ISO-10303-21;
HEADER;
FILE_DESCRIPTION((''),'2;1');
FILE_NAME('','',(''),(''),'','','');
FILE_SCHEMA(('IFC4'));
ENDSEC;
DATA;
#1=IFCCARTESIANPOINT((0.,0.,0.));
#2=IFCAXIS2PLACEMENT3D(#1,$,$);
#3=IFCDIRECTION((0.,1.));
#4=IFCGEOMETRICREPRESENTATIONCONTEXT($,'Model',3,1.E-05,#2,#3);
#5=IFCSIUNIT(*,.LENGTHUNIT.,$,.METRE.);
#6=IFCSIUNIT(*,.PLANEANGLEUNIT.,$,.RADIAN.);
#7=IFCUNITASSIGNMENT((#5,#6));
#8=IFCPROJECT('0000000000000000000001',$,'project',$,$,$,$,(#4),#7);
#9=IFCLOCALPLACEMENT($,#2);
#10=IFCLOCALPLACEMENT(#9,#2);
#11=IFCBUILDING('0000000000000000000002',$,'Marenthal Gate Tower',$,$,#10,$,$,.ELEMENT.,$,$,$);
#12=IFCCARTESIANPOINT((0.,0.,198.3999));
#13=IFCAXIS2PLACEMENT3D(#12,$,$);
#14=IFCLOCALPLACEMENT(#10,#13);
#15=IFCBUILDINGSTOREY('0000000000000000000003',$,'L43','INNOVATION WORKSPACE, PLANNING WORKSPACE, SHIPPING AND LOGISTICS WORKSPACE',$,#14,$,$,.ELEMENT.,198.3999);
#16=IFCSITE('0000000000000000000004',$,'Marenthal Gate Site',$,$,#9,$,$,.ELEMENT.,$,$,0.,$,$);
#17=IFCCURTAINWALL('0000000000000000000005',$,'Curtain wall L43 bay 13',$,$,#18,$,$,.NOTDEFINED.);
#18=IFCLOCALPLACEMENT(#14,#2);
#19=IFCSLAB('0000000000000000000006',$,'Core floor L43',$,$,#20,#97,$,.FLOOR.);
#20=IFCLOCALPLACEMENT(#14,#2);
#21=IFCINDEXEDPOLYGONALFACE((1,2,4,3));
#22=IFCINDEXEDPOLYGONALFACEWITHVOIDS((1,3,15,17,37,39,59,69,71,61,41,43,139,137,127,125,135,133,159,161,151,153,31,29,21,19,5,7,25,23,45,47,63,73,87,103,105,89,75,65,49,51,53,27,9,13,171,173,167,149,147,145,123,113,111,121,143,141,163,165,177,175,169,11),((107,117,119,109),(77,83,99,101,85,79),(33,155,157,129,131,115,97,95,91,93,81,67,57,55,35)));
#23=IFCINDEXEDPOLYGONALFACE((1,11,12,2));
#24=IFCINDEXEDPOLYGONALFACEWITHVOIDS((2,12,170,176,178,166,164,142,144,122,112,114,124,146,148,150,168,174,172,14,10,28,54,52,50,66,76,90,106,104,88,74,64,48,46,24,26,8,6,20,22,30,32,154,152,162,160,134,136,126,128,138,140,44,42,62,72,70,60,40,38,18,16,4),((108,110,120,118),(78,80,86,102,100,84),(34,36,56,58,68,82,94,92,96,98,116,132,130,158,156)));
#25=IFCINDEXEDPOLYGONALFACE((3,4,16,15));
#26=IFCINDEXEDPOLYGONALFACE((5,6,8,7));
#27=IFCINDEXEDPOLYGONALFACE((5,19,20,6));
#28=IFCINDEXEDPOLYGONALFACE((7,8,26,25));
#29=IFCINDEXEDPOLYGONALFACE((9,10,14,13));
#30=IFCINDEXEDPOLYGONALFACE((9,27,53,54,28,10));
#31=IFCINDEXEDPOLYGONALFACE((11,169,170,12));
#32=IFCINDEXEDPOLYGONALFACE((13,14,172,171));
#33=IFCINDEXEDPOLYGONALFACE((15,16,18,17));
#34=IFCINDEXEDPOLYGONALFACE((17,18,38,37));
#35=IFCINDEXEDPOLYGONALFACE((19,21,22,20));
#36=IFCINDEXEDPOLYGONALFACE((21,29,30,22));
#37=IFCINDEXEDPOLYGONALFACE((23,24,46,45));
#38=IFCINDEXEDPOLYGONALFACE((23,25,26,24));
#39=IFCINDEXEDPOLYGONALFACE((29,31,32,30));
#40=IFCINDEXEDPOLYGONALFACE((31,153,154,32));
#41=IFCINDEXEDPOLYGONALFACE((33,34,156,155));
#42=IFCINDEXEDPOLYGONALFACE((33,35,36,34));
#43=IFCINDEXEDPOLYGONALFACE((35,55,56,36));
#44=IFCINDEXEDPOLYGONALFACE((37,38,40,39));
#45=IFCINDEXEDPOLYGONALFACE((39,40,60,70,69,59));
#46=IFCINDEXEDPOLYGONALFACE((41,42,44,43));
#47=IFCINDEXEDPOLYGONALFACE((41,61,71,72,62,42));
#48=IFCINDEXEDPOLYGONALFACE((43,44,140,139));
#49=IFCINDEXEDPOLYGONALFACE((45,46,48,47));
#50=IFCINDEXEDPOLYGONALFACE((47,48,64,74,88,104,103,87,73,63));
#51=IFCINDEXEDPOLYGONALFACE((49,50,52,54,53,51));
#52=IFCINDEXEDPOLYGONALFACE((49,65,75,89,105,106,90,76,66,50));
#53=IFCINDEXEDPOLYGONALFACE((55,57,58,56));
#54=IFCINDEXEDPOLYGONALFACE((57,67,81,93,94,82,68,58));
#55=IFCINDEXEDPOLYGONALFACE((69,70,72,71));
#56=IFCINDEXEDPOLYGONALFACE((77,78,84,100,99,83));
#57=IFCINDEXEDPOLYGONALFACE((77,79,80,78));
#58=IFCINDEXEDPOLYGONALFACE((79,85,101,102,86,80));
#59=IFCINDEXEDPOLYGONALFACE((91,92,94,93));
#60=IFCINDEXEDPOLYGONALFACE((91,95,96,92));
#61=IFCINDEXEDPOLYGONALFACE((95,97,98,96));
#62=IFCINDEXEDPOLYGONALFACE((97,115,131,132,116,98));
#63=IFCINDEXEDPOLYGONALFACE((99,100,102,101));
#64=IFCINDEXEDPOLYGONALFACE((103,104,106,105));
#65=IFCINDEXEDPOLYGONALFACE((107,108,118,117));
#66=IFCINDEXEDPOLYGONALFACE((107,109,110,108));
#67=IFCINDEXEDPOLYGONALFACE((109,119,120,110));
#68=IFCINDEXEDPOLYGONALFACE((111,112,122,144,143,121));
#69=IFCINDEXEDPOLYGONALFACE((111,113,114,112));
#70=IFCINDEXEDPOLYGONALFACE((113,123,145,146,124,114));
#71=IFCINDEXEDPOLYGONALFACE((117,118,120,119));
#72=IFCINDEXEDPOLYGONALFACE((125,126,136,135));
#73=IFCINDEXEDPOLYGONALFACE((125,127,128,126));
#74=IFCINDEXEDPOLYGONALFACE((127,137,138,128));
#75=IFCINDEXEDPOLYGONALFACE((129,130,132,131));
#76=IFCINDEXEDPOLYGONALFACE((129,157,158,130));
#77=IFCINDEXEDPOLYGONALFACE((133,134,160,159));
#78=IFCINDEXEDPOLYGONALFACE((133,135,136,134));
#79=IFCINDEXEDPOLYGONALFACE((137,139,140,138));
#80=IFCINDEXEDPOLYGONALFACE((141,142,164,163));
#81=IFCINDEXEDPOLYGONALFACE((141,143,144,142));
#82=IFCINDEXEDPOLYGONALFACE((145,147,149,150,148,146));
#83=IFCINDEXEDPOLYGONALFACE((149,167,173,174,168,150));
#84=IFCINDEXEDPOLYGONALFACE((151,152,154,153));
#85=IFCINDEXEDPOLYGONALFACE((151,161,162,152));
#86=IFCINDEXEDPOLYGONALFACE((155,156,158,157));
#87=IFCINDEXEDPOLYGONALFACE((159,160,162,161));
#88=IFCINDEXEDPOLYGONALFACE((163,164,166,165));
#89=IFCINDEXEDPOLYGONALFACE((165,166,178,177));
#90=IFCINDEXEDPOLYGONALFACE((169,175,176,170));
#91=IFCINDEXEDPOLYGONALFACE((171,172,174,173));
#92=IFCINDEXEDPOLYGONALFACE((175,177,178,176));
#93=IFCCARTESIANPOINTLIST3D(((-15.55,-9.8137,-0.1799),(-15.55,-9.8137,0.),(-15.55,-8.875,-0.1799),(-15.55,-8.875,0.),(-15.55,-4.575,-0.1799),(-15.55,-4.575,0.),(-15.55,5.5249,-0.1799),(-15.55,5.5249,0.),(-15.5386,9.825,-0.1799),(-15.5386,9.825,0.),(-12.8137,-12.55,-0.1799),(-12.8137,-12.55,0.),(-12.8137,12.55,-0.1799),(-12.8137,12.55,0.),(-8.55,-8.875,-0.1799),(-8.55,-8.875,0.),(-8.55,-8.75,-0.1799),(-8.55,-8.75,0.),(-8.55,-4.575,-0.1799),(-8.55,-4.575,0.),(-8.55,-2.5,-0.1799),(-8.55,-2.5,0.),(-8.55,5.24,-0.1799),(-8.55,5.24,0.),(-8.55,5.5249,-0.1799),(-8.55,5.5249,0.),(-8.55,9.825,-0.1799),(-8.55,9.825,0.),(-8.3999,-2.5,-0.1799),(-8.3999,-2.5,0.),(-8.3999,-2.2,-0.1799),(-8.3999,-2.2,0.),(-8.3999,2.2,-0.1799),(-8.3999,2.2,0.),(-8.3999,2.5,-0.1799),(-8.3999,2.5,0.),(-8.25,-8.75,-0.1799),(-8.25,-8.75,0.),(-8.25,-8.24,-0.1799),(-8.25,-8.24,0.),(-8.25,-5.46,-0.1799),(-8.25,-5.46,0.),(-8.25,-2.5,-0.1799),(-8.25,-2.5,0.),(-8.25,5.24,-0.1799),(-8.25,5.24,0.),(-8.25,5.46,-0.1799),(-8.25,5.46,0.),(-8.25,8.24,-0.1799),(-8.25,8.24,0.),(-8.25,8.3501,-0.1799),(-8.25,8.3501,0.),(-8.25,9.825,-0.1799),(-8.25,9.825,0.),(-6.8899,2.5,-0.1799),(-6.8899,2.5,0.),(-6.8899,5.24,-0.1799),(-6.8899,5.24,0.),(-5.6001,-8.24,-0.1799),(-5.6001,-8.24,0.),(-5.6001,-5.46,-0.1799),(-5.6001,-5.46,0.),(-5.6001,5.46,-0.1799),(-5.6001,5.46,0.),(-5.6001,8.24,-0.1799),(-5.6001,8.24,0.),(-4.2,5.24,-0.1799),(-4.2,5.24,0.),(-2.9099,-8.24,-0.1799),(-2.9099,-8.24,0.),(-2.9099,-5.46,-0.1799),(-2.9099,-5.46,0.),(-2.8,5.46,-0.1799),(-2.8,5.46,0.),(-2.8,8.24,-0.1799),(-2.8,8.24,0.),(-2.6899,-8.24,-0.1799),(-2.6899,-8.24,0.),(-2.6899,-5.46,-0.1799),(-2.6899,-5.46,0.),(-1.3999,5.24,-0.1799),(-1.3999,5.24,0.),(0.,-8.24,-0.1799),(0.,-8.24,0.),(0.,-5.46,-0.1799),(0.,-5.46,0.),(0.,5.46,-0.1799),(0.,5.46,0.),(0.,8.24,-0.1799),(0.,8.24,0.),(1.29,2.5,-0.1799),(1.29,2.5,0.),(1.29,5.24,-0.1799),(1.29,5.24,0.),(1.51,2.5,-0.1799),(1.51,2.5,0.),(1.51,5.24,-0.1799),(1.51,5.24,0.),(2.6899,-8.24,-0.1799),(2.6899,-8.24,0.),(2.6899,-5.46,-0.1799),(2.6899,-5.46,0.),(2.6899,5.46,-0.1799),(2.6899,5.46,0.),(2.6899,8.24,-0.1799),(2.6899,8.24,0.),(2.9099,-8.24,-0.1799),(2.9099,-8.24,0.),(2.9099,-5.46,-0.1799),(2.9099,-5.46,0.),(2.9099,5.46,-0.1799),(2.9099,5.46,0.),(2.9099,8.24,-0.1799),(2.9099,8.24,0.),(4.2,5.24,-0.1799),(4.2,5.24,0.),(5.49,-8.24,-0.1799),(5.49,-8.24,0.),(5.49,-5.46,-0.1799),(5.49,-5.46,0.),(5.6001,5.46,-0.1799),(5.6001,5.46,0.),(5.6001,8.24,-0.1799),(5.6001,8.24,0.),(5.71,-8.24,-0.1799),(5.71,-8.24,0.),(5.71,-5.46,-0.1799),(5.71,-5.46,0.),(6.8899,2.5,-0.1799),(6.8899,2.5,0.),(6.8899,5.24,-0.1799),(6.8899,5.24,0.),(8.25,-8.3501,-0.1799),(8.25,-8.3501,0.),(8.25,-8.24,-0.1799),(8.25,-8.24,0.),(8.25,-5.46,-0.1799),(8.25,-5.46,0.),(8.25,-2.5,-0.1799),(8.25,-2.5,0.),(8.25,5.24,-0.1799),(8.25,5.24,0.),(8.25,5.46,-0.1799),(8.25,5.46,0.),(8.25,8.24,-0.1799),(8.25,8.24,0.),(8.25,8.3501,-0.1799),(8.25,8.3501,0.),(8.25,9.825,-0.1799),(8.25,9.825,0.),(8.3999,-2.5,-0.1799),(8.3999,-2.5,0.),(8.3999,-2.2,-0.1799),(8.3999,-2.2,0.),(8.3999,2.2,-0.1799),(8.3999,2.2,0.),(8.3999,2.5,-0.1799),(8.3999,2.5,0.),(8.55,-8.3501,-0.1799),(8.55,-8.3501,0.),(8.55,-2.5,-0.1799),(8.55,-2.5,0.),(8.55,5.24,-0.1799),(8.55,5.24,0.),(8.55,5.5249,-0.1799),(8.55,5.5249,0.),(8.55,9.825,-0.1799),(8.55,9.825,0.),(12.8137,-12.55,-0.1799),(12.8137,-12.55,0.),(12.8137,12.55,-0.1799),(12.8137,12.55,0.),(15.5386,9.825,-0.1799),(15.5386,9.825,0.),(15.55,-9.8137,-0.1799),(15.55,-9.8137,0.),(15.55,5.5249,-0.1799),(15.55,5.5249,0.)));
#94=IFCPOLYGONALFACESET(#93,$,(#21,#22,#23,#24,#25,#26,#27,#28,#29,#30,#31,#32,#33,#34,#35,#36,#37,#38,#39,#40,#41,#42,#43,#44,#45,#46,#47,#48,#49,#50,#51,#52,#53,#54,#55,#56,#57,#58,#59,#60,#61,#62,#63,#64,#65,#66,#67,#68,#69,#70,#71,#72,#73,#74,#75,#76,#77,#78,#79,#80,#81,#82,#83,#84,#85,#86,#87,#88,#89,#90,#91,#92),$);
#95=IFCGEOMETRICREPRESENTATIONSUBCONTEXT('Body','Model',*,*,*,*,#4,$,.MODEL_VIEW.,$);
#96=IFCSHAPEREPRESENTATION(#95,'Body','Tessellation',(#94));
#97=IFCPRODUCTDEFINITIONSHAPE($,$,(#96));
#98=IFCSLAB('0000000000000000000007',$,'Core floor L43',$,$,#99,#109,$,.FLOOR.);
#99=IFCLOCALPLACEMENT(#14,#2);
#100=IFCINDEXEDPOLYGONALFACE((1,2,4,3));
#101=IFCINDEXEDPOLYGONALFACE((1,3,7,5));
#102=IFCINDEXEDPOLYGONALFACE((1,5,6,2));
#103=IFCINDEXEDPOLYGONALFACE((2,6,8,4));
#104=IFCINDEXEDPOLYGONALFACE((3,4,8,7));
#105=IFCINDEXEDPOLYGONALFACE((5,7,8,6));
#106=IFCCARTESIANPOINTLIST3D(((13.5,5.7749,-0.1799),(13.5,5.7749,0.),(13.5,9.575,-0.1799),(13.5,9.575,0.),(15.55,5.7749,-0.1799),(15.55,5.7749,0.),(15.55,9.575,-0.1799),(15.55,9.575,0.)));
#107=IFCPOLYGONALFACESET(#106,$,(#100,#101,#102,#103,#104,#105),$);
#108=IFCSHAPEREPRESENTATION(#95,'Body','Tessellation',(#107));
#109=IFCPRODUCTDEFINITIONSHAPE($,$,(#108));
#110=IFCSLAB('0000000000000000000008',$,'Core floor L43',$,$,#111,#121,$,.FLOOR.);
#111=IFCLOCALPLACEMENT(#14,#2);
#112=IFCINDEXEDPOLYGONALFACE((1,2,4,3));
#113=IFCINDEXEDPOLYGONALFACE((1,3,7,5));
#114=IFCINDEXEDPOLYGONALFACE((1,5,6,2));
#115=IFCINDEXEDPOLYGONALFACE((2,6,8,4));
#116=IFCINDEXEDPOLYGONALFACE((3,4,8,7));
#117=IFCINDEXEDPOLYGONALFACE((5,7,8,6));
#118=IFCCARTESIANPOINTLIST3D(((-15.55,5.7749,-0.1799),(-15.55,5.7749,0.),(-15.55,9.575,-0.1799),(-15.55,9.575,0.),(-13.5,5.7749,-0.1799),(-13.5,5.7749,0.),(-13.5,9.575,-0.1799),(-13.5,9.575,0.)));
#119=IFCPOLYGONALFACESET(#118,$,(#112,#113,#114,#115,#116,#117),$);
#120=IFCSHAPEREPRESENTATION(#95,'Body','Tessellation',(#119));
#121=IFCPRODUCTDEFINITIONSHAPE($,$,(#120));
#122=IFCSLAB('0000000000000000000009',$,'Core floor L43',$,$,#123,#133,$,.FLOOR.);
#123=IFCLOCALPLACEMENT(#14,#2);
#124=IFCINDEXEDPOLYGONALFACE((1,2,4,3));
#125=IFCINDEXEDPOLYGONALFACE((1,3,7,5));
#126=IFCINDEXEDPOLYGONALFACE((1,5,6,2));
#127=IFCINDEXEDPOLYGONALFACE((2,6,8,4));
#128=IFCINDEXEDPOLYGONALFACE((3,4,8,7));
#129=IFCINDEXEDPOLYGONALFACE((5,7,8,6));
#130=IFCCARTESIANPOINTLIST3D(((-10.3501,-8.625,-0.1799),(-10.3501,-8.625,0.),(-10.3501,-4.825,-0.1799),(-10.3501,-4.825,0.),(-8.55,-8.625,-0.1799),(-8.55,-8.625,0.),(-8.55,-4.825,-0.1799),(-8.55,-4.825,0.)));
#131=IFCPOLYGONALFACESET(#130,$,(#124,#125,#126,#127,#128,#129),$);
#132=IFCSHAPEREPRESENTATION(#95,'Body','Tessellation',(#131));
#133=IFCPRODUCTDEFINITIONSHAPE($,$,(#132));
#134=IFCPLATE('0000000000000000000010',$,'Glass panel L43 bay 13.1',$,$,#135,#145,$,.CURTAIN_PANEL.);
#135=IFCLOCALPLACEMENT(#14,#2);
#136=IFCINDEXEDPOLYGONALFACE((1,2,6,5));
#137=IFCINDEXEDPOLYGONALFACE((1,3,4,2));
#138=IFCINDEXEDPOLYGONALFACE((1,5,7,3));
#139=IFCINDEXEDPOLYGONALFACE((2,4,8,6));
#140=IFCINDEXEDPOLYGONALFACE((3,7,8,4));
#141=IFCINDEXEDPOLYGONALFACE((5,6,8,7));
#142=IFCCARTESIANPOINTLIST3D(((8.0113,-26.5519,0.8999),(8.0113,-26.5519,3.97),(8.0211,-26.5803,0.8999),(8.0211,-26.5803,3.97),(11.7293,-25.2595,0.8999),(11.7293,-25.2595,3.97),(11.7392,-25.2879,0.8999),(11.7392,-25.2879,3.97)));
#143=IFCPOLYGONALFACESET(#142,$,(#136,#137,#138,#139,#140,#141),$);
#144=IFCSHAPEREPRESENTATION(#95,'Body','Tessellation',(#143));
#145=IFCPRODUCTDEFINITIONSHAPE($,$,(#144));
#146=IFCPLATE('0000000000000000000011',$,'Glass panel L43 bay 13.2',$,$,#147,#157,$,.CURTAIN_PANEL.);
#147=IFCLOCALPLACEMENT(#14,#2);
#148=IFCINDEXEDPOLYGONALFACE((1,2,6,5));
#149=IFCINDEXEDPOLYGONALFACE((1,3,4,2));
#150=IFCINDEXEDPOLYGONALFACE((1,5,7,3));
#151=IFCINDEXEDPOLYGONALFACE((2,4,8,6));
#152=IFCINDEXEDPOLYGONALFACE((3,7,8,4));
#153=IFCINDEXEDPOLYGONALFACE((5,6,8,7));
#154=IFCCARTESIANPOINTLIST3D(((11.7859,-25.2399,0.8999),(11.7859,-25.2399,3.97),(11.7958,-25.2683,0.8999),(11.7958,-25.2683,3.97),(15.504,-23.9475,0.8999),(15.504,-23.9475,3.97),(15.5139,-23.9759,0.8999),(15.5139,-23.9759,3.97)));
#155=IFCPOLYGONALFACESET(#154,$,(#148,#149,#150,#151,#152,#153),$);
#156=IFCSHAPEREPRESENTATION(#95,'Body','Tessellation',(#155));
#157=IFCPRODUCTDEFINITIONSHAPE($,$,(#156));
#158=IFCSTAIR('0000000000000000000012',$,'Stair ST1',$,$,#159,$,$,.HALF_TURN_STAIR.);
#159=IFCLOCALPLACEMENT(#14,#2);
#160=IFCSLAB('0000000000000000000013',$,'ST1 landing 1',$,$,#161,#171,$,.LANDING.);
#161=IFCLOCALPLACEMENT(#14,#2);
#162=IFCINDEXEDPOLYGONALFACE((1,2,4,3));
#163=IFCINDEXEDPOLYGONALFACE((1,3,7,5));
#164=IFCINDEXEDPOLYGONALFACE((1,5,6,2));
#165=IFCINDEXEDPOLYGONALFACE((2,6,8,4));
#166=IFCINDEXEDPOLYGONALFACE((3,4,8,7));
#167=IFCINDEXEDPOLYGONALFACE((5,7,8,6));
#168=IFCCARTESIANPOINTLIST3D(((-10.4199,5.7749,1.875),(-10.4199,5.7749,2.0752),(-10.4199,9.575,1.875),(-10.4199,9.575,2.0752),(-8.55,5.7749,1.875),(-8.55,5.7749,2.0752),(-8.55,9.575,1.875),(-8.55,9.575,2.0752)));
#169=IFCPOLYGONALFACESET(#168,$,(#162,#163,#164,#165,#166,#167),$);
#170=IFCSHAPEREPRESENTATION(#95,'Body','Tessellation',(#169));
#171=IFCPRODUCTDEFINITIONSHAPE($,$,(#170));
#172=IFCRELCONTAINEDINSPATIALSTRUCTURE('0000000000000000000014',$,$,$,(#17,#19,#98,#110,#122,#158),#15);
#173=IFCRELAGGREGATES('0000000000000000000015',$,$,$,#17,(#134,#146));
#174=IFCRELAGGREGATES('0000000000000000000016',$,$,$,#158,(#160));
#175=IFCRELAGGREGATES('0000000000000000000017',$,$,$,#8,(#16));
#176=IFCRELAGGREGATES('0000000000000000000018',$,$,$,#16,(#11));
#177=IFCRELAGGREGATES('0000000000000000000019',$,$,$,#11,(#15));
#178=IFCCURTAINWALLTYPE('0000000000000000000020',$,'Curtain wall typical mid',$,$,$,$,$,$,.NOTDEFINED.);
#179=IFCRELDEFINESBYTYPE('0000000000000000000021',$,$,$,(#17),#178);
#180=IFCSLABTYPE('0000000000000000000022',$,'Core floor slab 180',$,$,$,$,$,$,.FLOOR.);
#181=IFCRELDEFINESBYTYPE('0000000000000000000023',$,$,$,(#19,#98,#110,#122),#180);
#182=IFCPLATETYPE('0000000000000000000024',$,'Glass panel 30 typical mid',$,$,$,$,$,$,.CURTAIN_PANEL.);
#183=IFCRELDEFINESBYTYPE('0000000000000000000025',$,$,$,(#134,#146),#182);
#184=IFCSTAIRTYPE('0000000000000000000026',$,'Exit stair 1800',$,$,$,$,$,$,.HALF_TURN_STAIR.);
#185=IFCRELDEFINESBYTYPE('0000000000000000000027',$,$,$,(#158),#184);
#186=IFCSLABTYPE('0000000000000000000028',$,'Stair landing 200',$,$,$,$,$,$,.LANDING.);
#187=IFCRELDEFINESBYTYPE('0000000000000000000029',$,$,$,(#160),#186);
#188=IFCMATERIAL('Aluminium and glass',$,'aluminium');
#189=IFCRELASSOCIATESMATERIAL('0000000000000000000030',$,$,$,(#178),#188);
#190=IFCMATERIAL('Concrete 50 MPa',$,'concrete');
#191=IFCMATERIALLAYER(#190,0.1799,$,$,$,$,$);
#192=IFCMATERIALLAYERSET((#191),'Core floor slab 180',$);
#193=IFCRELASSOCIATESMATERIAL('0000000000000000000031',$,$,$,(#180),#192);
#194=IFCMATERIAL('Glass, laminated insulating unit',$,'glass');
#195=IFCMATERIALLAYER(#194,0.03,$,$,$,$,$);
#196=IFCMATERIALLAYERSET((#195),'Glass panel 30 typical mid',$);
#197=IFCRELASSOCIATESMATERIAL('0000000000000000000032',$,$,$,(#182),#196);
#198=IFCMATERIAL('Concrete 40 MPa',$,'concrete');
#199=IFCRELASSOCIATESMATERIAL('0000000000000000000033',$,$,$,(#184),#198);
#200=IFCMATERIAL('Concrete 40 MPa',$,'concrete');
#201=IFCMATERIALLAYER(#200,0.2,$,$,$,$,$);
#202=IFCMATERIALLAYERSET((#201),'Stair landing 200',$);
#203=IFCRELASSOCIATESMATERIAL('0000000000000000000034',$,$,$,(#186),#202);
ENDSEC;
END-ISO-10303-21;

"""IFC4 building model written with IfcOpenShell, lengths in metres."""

from ifc_helpers import new_model, si_unit, direction, frame, origin, origin_2d, place, context, subcontext, project, spatial, polyline, rectangle, outline, extrude, material, layer, layer_set, type_object, element, aggregate, save


model = new_model("IFC4")

# Units and contexts
model_context = context("Model", 3, precision=1e-05, world=origin(), true_north=direction((0.0, 1.0)))
body_context = subcontext(model_context, "Body", "Model", "MODEL_VIEW")
ifc_project = project(units=[si_unit("LENGTHUNIT", "METRE"), si_unit("PLANEANGLEUNIT", "RADIAN")], contexts=[model_context])

# Site, building, storey
site_placement = place(None, origin())
site = spatial("IfcSite", under=ifc_project, at=site_placement, Name="Marenthal Gate Site", CompositionType="ELEMENT", RefElevation=0.0)
building_placement = place(site_placement, origin())
building = spatial("IfcBuilding", under=site, at=building_placement, Name="Marenthal Gate Tower", CompositionType="ELEMENT")
storey_placement = place(building_placement, frame((0.0, 0.0, 198.3999)))
storey = spatial("IfcBuildingStorey", under=building, at=storey_placement, Name="L43", Description="INNOVATION WORKSPACE, PLANNING WORKSPACE, SHIPPING AND LOGISTICS WORKSPACE", CompositionType="ELEMENT", Elevation=198.3999)

# Curtain wall
ifc_material_1 = material(Name="Aluminium and glass", Category="aluminium")
curtain_wall_type = type_object("IfcCurtainWallType", Name="Curtain wall typical mid", PredefinedType="NOTDEFINED", material=ifc_material_1)
curtain_wall_placement = place(storey_placement, origin())
curtain_wall = element("IfcCurtainWall", 1, at=curtain_wall_placement, inside=storey, type_object=curtain_wall_type, Name="Curtain wall L43 bay 13", PredefinedType="NOTDEFINED")

# Slabs
ifc_material_2 = material(Name="Concrete 50 MPa", Category="concrete")
ifc_layer_1 = layer(ifc_material_2, 0.1799)
ifc_layer_set_1 = layer_set([ifc_layer_1], Name="Core floor slab 180")
slab_type_1 = type_object("IfcSlabType", Name="Core floor slab 180", PredefinedType="FLOOR", material=ifc_layer_set_1)
slab_1_placement = place(storey_placement, frame((0.0, 0.0, -0.1799)))
element("IfcSlab", 2, at=slab_1_placement, inside=storey, type_object=slab_type_1, Name="Core floor L43", PredefinedType="FLOOR", context=body_context, shape_type="SweptSolid", body=[
    extrude(outline(polyline([(12.8137, -12.55), (-12.8137, -12.55), (-15.55, -9.8137), (-15.55, -8.875), (-8.55, -8.875), (-8.55, -8.75), (-8.25, -8.75), (-8.25, -8.24), (-5.6001, -8.24), (-2.9099, -8.24), (-2.9099, -5.46), (-5.6001, -5.46), (-8.25, -5.46), (-8.25, -2.5), (8.25, -2.5), (8.25, -5.46), (5.71, -5.46), (5.71, -8.24), (8.25, -8.24), (8.25, -8.3501), (8.55, -8.3501), (8.55, -2.5), (8.3999, -2.5), (8.3999, -2.2), (-8.3999, -2.2), (-8.3999, -2.5), (-8.55, -2.5), (-8.55, -4.575), (-15.55, -4.575), (-15.55, 5.5249), (-8.55, 5.5249), (-8.55, 5.24), (-8.25, 5.24), (-8.25, 5.46), (-5.6001, 5.46), (-2.8, 5.46), (0.0, 5.46), (2.6899, 5.46), (2.6899, 8.24), (0.0, 8.24), (-2.8, 8.24), (-5.6001, 8.24), (-8.25, 8.24), (-8.25, 8.3501), (-8.25, 9.825), (-8.55, 9.825), (-15.5386, 9.825), (-12.8137, 12.55), (12.8137, 12.55), (15.5386, 9.825), (8.55, 9.825), (8.25, 9.825), (8.25, 8.3501), (8.25, 8.24), (5.6001, 8.24), (2.9099, 8.24), (2.9099, 5.46), (5.6001, 5.46), (8.25, 5.46), (8.25, 5.24), (8.55, 5.24), (8.55, 5.5249), (15.55, 5.5249), (15.55, -9.8137), (12.8137, -12.55)]), holes=[polyline([(2.6899, -8.24), (2.6899, -5.46), (0.0, -5.46), (-2.6899, -5.46), (-2.6899, -8.24), (0.0, -8.24), (2.6899, -8.24)]), polyline([(-6.8899, 5.24), (-6.8899, 2.5), (-8.3999, 2.5), (-8.3999, 2.2), (8.3999, 2.2), (8.3999, 2.5), (6.8899, 2.5), (6.8899, 5.24), (4.2, 5.24), (1.51, 5.24), (1.51, 2.5), (1.29, 2.5), (1.29, 5.24), (-1.3999, 5.24), (-4.2, 5.24), (-6.8899, 5.24)]), polyline([(5.49, -8.24), (5.49, -5.46), (2.9099, -5.46), (2.9099, -8.24), (5.49, -8.24)])]), origin(), (0.0, 0.0, 1.0), 0.1799),
])
slab_2_placement = place(storey_placement, frame((0.0, 0.0, -0.1799)))
element("IfcSlab", 3, at=slab_2_placement, inside=storey, type_object=slab_type_1, Name="Core floor L43", PredefinedType="FLOOR", context=body_context, shape_type="SweptSolid", body=[
    extrude(outline(polyline([(15.55, 5.7749), (13.5, 5.7749), (13.5, 9.575), (15.55, 9.575), (15.55, 5.7749)])), origin(), (0.0, 0.0, 1.0), 0.1799),
])
slab_3_placement = place(storey_placement, frame((0.0, 0.0, -0.1799)))
element("IfcSlab", 4, at=slab_3_placement, inside=storey, type_object=slab_type_1, Name="Core floor L43", PredefinedType="FLOOR", context=body_context, shape_type="SweptSolid", body=[
    extrude(outline(polyline([(-15.55, 9.575), (-13.5, 9.575), (-13.5, 5.7749), (-15.55, 5.7749), (-15.55, 9.575)])), origin(), (0.0, 0.0, 1.0), 0.1799),
])
slab_4_placement = place(storey_placement, frame((0.0, 0.0, -0.1799)))
element("IfcSlab", 5, at=slab_4_placement, inside=storey, type_object=slab_type_1, Name="Core floor L43", PredefinedType="FLOOR", context=body_context, shape_type="SweptSolid", body=[
    extrude(outline(polyline([(-8.55, -8.625), (-10.3501, -8.625), (-10.3501, -4.825), (-8.55, -4.825), (-8.55, -8.625)])), origin(), (0.0, 0.0, 1.0), 0.1799),
])

# Plates
ifc_material_3 = material(Name="Glass, laminated insulating unit", Category="glass")
ifc_layer_2 = layer(ifc_material_3, 0.03)
ifc_layer_set_2 = layer_set([ifc_layer_2], Name="Glass panel 30 typical mid")
plate_type = type_object("IfcPlateType", Name="Glass panel 30 typical mid", PredefinedType="CURTAIN_PANEL", material=ifc_layer_set_2)
plate_1_placement = place(storey_placement, frame((9.8752, -25.9199, 0.8999), z_axis=(0.0, 0.0, 1.0), x_axis=(0.944562, 0.328332, 0.0)))
plate_1 = element("IfcPlate", 6, at=plate_1_placement, type_object=plate_type, Name="Glass panel L43 bay 13.1", PredefinedType="CURTAIN_PANEL", context=body_context, shape_type="SweptSolid", body=[
    extrude(rectangle(XDim=3.9363, YDim=0.03, at=origin_2d()), origin(), (0.0, 0.0, 1.0), 3.0701),
])
plate_2_placement = place(storey_placement, frame((13.6499, -24.6079, 0.8999), z_axis=(0.0, 0.0, 1.0), x_axis=(0.944562, 0.328332, 0.0)))
plate_2 = element("IfcPlate", 7, at=plate_2_placement, type_object=plate_type, Name="Glass panel L43 bay 13.2", PredefinedType="CURTAIN_PANEL", context=body_context, shape_type="SweptSolid", body=[
    extrude(rectangle(XDim=3.9363, YDim=0.03, at=origin_2d()), origin(), (0.0, 0.0, 1.0), 3.0701),
])
aggregate(curtain_wall, [plate_1, plate_2])

# Stair, slab
ifc_material_4 = material(Name="Concrete 40 MPa", Category="concrete")
stair_type = type_object("IfcStairType", Name="Exit stair 1800", PredefinedType="HALF_TURN_STAIR", material=ifc_material_4)
stair_placement = place(storey_placement, origin())
stair = element("IfcStair", 8, at=stair_placement, inside=storey, type_object=stair_type, Name="Stair ST1", PredefinedType="HALF_TURN_STAIR")
ifc_material_5 = material(Name="Concrete 40 MPa", Category="concrete")
ifc_layer_3 = layer(ifc_material_5, 0.2)
ifc_layer_set_3 = layer_set([ifc_layer_3], Name="Stair landing 200")
slab_type_2 = type_object("IfcSlabType", Name="Stair landing 200", PredefinedType="LANDING", material=ifc_layer_set_3)
slab_5_placement = place(storey_placement, frame((0.0, 0.0, 1.875)))
slab_5 = element("IfcSlab", 9, at=slab_5_placement, type_object=slab_type_2, Name="ST1 landing 1", PredefinedType="LANDING", context=body_context, shape_type="SweptSolid", body=[
    extrude(outline(polyline([(-10.4199, 5.7749), (-8.55, 5.7749), (-8.55, 9.575), (-10.4199, 9.575), (-10.4199, 5.7749)])), origin(), (0.0, 0.0, 1.0), 0.2002),
])
aggregate(stair, [slab_5])

save(model, "model.ifc")
